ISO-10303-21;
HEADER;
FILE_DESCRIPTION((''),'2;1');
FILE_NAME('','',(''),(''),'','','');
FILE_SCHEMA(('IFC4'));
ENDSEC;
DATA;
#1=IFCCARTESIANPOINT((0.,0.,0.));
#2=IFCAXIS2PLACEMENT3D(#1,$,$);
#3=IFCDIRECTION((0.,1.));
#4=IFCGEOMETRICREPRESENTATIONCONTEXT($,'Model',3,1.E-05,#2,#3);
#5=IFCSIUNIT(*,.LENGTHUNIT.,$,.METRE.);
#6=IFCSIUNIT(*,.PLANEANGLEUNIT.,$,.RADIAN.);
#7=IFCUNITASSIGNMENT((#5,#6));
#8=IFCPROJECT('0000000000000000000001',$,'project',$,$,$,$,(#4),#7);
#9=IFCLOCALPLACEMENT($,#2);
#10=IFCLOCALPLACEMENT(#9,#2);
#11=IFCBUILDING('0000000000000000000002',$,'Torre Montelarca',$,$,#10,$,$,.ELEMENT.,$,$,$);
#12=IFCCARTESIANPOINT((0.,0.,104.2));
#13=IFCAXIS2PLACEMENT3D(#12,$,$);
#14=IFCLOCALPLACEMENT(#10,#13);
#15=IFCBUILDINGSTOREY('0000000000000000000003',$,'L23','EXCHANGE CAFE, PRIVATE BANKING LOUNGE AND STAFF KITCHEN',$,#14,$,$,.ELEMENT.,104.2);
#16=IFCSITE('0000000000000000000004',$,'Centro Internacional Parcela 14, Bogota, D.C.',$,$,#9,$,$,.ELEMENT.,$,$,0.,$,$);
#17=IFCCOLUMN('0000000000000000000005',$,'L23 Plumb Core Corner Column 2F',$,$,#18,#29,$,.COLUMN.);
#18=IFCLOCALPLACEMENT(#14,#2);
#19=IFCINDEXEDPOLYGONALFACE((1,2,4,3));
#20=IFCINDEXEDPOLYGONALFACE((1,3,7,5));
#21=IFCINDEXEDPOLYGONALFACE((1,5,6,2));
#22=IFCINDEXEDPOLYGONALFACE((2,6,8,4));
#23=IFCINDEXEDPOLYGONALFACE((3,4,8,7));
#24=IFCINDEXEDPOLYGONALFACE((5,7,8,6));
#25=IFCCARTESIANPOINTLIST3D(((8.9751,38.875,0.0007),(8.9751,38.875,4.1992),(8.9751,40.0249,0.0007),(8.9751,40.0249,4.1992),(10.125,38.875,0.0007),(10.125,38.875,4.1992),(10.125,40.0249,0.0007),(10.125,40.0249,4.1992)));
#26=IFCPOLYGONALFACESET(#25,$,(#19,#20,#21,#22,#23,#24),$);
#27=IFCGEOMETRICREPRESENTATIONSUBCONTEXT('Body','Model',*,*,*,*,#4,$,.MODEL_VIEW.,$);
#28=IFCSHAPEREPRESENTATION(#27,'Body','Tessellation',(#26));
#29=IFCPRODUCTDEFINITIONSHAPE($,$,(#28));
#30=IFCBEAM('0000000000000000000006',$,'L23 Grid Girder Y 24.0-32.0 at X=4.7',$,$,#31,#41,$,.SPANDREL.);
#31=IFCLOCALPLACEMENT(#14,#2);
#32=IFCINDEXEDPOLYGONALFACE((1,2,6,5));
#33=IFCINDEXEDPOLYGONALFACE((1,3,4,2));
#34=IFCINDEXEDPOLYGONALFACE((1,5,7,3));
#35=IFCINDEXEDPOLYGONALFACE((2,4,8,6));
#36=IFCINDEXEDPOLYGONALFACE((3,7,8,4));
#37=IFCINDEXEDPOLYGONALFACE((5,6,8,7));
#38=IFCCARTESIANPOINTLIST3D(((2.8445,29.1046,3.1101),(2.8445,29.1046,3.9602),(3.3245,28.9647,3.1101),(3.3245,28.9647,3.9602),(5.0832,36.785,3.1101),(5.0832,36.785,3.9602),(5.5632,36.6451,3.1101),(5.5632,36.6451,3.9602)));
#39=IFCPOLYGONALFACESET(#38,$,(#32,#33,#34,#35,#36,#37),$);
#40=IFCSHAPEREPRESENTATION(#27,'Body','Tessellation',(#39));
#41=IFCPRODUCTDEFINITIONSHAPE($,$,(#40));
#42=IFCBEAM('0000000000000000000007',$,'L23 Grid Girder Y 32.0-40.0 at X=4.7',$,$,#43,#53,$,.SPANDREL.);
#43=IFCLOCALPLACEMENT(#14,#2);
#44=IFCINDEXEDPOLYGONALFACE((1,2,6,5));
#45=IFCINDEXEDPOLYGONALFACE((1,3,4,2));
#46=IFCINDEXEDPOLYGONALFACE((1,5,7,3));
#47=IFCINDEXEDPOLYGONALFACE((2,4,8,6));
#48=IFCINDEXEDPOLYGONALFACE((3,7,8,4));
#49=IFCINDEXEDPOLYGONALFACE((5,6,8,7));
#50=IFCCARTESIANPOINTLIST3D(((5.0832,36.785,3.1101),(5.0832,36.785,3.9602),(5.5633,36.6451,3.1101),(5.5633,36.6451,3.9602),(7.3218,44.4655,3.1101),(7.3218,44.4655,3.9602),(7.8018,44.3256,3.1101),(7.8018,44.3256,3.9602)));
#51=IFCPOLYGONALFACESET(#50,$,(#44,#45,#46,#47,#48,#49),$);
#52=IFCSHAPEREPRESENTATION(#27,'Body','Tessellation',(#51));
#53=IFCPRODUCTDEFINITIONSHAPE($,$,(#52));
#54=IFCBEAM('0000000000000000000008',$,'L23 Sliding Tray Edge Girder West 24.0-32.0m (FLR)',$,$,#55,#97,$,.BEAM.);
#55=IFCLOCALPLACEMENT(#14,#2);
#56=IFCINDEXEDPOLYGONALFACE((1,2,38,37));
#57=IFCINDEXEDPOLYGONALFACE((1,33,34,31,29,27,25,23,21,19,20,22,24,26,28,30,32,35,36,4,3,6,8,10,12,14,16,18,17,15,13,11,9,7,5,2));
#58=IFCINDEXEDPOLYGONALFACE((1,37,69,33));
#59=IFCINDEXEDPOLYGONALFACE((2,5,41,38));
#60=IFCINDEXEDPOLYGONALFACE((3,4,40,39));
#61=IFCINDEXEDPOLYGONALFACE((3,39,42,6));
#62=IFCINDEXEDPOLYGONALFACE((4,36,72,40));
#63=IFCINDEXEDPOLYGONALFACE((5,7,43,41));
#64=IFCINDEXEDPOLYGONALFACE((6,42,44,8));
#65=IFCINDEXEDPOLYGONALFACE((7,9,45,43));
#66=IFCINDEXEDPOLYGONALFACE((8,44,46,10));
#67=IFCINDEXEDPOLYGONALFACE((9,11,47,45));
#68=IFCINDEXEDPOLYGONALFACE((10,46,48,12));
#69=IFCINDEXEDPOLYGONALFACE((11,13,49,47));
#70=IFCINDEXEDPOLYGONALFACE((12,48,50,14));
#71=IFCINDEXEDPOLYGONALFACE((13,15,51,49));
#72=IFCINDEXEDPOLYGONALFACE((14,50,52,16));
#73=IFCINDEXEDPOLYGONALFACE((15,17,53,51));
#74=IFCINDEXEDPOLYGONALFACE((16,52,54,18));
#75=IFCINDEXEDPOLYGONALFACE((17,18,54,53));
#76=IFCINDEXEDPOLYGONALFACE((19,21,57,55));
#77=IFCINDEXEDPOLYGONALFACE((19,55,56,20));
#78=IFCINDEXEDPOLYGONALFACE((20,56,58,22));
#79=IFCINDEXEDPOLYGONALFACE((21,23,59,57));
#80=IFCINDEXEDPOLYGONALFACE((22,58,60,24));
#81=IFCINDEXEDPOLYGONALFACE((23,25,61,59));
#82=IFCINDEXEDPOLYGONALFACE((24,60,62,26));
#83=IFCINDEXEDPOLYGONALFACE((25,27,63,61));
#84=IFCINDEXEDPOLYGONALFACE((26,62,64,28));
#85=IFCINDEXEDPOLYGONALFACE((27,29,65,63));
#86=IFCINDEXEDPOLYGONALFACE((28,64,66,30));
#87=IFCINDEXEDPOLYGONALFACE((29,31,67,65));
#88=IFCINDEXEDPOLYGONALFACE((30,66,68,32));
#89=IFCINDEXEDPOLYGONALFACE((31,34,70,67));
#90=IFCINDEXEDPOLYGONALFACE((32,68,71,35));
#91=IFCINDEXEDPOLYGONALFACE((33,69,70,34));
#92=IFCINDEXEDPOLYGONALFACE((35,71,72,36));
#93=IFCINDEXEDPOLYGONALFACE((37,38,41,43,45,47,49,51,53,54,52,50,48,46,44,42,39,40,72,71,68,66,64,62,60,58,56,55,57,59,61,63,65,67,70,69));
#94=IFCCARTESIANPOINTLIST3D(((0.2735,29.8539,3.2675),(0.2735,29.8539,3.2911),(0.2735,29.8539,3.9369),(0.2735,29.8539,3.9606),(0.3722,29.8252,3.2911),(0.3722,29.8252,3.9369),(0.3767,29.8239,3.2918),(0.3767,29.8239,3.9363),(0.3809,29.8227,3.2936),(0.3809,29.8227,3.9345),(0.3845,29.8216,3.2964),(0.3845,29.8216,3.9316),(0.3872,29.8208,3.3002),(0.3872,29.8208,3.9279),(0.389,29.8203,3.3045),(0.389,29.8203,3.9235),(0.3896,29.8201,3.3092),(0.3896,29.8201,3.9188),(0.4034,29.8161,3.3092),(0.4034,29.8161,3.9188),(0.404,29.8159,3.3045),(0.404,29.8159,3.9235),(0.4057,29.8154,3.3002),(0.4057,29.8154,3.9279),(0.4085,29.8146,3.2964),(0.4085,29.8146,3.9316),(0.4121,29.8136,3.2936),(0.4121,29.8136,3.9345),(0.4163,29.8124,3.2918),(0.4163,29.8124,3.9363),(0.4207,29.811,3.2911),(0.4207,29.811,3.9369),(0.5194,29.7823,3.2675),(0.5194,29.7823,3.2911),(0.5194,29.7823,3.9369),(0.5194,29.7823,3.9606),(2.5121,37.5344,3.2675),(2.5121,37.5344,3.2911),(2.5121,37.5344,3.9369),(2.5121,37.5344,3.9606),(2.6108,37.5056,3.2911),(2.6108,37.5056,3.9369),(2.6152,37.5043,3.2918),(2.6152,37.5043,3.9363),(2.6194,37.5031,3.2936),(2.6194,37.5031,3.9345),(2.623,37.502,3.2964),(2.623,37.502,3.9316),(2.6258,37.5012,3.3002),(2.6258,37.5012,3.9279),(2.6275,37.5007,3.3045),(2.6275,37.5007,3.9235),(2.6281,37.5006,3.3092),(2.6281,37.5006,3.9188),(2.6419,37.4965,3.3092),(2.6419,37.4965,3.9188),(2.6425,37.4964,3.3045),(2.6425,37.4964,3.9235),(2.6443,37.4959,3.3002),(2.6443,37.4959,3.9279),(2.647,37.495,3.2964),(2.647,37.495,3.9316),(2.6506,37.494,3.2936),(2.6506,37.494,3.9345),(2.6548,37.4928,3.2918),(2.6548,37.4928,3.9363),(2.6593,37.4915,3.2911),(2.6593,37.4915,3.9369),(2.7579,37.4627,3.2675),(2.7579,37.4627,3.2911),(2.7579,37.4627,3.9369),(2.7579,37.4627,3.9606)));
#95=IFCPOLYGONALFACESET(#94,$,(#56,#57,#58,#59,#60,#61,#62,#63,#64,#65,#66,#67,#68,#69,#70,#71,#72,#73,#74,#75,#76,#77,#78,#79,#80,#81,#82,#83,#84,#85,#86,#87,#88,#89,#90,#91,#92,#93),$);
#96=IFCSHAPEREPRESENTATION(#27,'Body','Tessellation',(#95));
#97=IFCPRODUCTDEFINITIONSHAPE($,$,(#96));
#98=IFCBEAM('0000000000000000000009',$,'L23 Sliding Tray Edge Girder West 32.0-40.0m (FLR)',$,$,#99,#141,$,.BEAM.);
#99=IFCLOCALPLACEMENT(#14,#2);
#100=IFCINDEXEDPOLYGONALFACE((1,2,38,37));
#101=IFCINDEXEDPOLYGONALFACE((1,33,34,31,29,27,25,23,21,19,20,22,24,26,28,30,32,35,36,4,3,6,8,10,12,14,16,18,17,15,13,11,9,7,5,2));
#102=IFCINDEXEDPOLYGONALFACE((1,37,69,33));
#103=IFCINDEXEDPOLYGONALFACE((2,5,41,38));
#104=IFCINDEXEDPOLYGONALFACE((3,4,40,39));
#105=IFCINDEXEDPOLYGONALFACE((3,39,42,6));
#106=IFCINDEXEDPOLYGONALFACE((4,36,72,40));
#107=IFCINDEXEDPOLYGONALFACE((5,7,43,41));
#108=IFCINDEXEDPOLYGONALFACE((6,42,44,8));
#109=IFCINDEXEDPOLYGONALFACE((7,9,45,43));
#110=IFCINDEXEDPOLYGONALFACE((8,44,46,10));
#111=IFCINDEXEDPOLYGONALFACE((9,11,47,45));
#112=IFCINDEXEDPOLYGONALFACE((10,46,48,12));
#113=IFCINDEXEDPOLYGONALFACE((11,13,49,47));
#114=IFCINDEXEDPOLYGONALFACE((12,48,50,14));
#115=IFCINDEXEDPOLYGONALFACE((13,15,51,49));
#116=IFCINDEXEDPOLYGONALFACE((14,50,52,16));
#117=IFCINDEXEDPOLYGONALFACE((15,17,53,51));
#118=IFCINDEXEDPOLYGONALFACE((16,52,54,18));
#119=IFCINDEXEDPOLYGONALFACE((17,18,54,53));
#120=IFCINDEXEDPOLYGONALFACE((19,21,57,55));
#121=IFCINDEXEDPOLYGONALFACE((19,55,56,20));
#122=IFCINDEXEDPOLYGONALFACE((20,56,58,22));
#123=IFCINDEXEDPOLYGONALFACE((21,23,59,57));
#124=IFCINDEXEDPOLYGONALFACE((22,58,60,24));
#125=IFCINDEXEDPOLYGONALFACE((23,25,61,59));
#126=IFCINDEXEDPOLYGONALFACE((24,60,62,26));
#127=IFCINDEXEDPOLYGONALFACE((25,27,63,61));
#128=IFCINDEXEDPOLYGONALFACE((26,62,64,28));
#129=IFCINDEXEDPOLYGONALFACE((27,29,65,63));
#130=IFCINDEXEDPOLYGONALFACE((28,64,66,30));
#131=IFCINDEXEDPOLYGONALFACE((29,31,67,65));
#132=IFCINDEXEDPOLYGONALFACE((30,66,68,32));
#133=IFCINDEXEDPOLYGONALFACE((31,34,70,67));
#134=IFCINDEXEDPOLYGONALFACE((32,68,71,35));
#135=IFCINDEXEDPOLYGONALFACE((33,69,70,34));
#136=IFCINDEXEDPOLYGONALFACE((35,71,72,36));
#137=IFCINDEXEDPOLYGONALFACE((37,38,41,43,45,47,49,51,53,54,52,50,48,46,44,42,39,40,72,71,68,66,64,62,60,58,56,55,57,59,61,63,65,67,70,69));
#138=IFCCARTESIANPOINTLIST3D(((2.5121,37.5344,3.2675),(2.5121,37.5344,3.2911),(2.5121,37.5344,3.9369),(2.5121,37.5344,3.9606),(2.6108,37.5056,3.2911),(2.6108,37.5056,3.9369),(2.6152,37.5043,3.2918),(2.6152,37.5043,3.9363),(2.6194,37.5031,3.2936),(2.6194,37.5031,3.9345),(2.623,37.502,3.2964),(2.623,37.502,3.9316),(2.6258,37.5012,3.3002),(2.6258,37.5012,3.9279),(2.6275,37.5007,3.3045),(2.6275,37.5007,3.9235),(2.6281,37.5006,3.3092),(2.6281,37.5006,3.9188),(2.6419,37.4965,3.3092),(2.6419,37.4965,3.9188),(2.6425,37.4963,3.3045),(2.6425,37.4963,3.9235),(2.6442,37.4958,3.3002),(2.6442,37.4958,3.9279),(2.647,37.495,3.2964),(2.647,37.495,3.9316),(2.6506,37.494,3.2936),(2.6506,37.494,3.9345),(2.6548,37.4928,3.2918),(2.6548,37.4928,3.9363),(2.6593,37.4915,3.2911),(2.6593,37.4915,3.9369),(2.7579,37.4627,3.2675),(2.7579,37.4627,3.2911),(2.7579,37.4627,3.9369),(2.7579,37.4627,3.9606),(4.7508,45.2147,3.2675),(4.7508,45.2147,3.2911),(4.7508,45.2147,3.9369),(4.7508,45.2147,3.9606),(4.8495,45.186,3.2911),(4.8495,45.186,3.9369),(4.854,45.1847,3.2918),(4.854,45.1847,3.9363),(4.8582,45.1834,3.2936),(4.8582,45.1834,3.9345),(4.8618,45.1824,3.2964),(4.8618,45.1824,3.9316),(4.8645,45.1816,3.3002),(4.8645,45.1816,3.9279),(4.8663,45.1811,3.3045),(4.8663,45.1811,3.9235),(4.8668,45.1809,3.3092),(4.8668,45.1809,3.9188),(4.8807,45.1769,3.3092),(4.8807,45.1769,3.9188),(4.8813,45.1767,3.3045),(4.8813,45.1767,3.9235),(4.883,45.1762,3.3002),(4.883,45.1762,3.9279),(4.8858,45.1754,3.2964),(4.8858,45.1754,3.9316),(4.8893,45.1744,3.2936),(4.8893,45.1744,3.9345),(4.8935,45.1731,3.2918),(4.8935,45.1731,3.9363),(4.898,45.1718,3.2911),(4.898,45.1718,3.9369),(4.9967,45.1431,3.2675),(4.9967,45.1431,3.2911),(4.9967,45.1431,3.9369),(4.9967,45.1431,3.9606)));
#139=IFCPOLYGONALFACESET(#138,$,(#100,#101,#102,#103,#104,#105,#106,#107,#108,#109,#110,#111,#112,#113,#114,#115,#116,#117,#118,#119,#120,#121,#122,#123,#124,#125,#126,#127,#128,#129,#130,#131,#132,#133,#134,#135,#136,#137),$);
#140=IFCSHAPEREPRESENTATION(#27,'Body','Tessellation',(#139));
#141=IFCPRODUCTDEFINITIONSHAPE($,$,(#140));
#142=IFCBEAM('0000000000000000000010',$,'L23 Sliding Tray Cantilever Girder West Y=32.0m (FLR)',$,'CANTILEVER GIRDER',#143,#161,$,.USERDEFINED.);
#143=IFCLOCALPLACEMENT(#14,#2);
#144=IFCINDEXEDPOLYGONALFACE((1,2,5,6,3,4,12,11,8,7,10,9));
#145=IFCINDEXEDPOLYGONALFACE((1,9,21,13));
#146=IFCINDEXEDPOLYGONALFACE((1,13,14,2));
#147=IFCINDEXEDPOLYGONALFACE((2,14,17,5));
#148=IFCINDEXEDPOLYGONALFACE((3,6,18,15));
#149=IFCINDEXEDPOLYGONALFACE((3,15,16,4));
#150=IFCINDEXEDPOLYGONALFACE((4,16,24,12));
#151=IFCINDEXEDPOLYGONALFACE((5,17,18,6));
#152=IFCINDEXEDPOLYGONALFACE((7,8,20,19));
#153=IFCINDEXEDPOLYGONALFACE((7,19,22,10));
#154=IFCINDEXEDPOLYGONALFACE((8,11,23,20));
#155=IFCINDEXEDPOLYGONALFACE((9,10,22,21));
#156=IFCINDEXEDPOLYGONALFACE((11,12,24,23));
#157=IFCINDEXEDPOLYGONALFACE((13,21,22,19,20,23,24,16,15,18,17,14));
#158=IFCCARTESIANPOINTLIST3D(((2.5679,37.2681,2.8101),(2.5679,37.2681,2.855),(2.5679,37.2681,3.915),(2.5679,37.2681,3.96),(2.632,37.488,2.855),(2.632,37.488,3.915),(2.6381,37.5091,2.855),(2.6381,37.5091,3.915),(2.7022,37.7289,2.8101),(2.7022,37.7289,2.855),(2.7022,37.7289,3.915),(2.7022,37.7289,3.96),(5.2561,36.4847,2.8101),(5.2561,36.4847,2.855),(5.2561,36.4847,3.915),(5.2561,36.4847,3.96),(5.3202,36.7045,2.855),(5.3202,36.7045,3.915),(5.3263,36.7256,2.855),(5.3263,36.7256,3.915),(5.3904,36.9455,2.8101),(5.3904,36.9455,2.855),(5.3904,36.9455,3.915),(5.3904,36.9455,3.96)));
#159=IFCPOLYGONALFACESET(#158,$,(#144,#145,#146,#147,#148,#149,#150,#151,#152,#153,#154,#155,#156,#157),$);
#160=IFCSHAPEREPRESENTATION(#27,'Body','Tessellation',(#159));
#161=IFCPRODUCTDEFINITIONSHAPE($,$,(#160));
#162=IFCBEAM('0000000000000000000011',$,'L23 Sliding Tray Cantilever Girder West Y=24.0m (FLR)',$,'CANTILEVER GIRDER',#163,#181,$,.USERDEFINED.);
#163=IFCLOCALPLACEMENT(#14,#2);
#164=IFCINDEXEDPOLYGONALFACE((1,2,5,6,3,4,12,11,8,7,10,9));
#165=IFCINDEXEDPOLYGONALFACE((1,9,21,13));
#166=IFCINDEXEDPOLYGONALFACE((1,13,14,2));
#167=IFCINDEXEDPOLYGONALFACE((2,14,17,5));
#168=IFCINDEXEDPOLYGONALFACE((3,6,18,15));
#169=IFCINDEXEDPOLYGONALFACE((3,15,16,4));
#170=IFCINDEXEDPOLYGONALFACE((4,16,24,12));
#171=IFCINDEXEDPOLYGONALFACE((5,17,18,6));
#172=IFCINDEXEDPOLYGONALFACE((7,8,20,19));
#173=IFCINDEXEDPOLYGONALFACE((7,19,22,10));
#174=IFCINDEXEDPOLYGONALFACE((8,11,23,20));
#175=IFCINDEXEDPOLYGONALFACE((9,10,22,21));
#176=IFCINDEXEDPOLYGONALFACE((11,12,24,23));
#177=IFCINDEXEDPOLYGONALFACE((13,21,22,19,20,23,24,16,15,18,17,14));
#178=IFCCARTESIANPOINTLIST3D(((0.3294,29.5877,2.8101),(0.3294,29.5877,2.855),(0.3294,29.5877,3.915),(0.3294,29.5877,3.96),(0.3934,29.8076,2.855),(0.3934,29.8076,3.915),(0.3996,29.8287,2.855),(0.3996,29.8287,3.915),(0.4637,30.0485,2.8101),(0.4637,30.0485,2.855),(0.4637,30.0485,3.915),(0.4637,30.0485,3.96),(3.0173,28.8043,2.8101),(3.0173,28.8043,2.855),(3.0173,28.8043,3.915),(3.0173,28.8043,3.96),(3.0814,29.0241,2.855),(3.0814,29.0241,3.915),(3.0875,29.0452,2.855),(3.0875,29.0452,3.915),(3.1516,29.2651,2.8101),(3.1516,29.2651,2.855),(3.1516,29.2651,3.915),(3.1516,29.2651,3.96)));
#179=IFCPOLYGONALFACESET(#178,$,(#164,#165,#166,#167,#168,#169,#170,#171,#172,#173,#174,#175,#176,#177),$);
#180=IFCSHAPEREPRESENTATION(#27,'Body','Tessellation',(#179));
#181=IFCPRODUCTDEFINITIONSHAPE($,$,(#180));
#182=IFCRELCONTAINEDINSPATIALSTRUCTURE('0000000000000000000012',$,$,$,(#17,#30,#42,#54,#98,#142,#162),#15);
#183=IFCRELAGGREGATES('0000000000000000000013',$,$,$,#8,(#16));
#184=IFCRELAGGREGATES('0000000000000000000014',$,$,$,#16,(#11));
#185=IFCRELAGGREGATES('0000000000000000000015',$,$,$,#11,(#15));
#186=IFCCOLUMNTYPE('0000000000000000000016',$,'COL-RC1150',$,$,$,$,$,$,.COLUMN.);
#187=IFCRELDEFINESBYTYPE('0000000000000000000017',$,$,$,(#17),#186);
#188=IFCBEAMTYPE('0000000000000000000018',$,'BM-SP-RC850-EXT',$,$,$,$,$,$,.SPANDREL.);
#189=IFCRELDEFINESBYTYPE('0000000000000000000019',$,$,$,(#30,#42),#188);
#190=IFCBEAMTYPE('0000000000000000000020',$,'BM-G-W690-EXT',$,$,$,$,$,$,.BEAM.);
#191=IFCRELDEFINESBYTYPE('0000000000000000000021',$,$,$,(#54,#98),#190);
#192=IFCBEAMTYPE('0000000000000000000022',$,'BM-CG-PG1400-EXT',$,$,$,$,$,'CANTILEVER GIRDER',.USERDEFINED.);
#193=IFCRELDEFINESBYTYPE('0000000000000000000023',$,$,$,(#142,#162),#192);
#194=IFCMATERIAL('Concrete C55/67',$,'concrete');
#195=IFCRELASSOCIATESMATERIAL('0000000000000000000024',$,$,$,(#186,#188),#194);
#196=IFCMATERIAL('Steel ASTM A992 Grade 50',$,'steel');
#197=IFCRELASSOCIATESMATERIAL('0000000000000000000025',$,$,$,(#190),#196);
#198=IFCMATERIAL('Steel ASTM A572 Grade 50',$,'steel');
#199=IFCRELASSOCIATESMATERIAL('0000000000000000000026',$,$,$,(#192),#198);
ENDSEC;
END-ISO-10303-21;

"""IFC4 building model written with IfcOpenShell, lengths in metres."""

from ifc_helpers import new_model, si_unit, direction, frame, origin, origin_2d, place, context, subcontext, project, spatial, rectangle, i_section, extrude, source, transform, mapped, material, material_profile, profile_set, type_object, element, save


model = new_model("IFC4")

# Units and contexts
model_context = context("Model", 3, precision=1e-05, world=origin(), true_north=direction((0.0, 1.0)))
body_context = subcontext(model_context, "Body", "Model", "MODEL_VIEW")
ifc_project = project(units=[si_unit("LENGTHUNIT", "METRE"), si_unit("PLANEANGLEUNIT", "RADIAN")], contexts=[model_context])

# Site, building, storey
site_placement = place(None, origin())
site = spatial("IfcSite", under=ifc_project, at=site_placement, Name="Centro Internacional Parcela 14, Bogota, D.C.", CompositionType="ELEMENT", RefElevation=0.0)
building_placement = place(site_placement, origin())
building = spatial("IfcBuilding", under=site, at=building_placement, Name="Torre Montelarca", CompositionType="ELEMENT")
storey_placement = place(building_placement, frame((0.0, 0.0, 104.2)))
storey = spatial("IfcBuildingStorey", under=building, at=storey_placement, Name="L23", Description="EXCHANGE CAFE, PRIVATE BANKING LOUNGE AND STAFF KITCHEN", CompositionType="ELEMENT", Elevation=104.2)

# Column
ifc_material_1 = material(Name="Concrete C55/67", Category="concrete")
ifc_material_profile_1 = material_profile(ifc_material_1, rectangle(XDim=1.1499, YDim=1.1499, at=origin_2d()), Name="RC1150X1150", Category="concrete")
ifc_profile_set_1 = profile_set([ifc_material_profile_1], Name="Concrete C55/67")
column_type_1 = type_object("IfcColumnType", Name="COL-RC1150", PredefinedType="COLUMN", material=ifc_profile_set_1)
shared_shape_1 = source(origin(), body_context, "Body", "SweptSolid", [
    extrude(rectangle(XDim=1.1499, YDim=1.1499, at=origin_2d()), origin(), (0.0, 0.0, 1.0), 4.1985),
])
column_1_placement = place(storey_placement, frame((9.55, 39.45, 0.0007), z_axis=(0.0, 0.0, 1.0), x_axis=(1.0, 0.0, 0.0)))
element("IfcColumn", 1, at=column_1_placement, inside=storey, type_object=column_type_1, Name="L23 Plumb Core Corner Column 2F", PredefinedType="COLUMN", context=body_context, shape_type="MappedRepresentation", body=[
    mapped(shared_shape_1, transform((0.0, 0.0, 0.0), scale=1.0)),
])

# Beams
ifc_material_profile_2 = material_profile(ifc_material_1, rectangle(XDim=0.5, YDim=0.8501, at=origin_2d()), Name="RCB500X850", Category="concrete")
ifc_profile_set_2 = profile_set([ifc_material_profile_2], Name="Concrete C55/67")
beam_type_1 = type_object("IfcBeamType", Name="BM-SP-RC850-EXT", PredefinedType="SPANDREL", material=ifc_profile_set_2)
shared_shape_2 = source(origin(), body_context, "Body", "SweptSolid", [
    extrude(rectangle(XDim=0.5, YDim=0.8501, at=origin_2d()), origin(), (0.0, 0.0, 1.0), 8.0),
])
for number, where, z_axis, x_axis, name in (
    (2, (3.0845, 29.0347, 3.5352), (0.279844, 0.960045, 0.0), (-0.960045, 0.279844, 0.0), "L23 Grid Girder Y 24.0-32.0 at X=4.7"),
    (3, (5.3232, 36.7151, 3.5352), (0.279816, 0.960054, 0.0), (-0.960054, 0.279816, 0.0), "L23 Grid Girder Y 32.0-40.0 at X=4.7"),
):
    element("IfcBeam", number, at=place(storey_placement, frame(where, z_axis=z_axis, x_axis=x_axis)), inside=storey, type_object=beam_type_1, Name=name, PredefinedType="SPANDREL", context=body_context, shape_type="MappedRepresentation", body=[
        mapped(shared_shape_2, transform((0.0, 0.0, 0.0), scale=1.0)),
    ])
ifc_material_2 = material(Name="Steel ASTM A992 Grade 50", Category="steel")
ifc_material_profile_3 = material_profile(ifc_material_2, i_section(OverallWidth=0.2561, OverallDepth=0.6931, WebThickness=0.0144, FlangeThickness=0.0237, FilletRadius=0.0181, at=origin_2d()), Name="W690X170", Category="steel")
ifc_profile_set_3 = profile_set([ifc_material_profile_3], Name="Steel ASTM A992 Grade 50")
beam_type_2 = type_object("IfcBeamType", Name="BM-G-W690-EXT", PredefinedType="BEAM", material=ifc_profile_set_3)
shared_shape_3 = source(origin(), body_context, "Body", "SweptSolid", [
    extrude(i_section(OverallWidth=0.2561, OverallDepth=0.6931, WebThickness=0.0144, FlangeThickness=0.0237, FilletRadius=0.0181, at=origin_2d()), origin(), (0.0, 0.0, 1.0), 8.0),
])
for number, where, z_axis, x_axis, name in (
    (4, (0.3965, 29.8181, 3.614), (0.279816, 0.960054, 0.0), (-0.960054, 0.279816, 0.0), "L23 Sliding Tray Edge Girder West 24.0-32.0m (FLR)"),
    (5, (2.635, 37.4985, 3.614), (0.279844, 0.960045, 0.0), (-0.960045, 0.279844, 0.0), "L23 Sliding Tray Edge Girder West 32.0-40.0m (FLR)"),
):
    element("IfcBeam", number, at=place(storey_placement, frame(where, z_axis=z_axis, x_axis=x_axis)), inside=storey, type_object=beam_type_2, Name=name, PredefinedType="BEAM", context=body_context, shape_type="MappedRepresentation", body=[
        mapped(shared_shape_3, transform((0.0, 0.0, 0.0), scale=1.0)),
    ])
ifc_material_3 = material(Name="Steel ASTM A572 Grade 50", Category="steel")
ifc_material_profile_4 = material_profile(ifc_material_3, i_section(OverallWidth=0.48, OverallDepth=1.1499, WebThickness=0.022, FlangeThickness=0.0449, at=origin_2d()), Name="PG1150X480X22X45", Category="steel")
ifc_profile_set_4 = profile_set([ifc_material_profile_4], Name="Steel ASTM A572 Grade 50")
beam_type_3 = type_object("IfcBeamType", Name="BM-CG-PG1400-EXT", ElementType="CANTILEVER GIRDER", PredefinedType="USERDEFINED", material=ifc_profile_set_4)
shared_shape_4 = source(origin(), body_context, "Body", "SweptSolid", [
    extrude(i_section(OverallWidth=0.48, OverallDepth=1.1499, WebThickness=0.022, FlangeThickness=0.0449, at=origin_2d()), origin(), (0.0, 0.0, 1.0), 2.8),
])
beam_1_placement = place(storey_placement, frame((5.3232, 36.7151, 3.385), z_axis=(-0.96006, 0.279796, 0.0), x_axis=(-0.279796, -0.96006, 0.0)))
element("IfcBeam", 6, at=beam_1_placement, inside=storey, type_object=beam_type_3, Name="L23 Sliding Tray Cantilever Girder West Y=32.0m (FLR)", ObjectType="CANTILEVER GIRDER", PredefinedType="USERDEFINED", context=body_context, shape_type="MappedRepresentation", body=[
    mapped(shared_shape_4, transform((0.0, 0.0, 0.0), scale=1.0)),
])
shared_shape_5 = source(origin(), body_context, "Body", "SweptSolid", [
    extrude(i_section(OverallWidth=0.48, OverallDepth=1.1499, WebThickness=0.022, FlangeThickness=0.0449, at=origin_2d()), origin(), (0.0, 0.0, 1.0), 2.7998),
])
beam_2_placement = place(storey_placement, frame((3.0845, 29.0347, 3.385), z_axis=(-0.960053, 0.279819, 0.0), x_axis=(-0.279819, -0.960053, 0.0)))
element("IfcBeam", 7, at=beam_2_placement, inside=storey, type_object=beam_type_3, Name="L23 Sliding Tray Cantilever Girder West Y=24.0m (FLR)", ObjectType="CANTILEVER GIRDER", PredefinedType="USERDEFINED", context=body_context, shape_type="MappedRepresentation", body=[
    mapped(shared_shape_5, transform((0.0, 0.0, 0.0), scale=1.0)),
])

save(model, "model.ifc")
